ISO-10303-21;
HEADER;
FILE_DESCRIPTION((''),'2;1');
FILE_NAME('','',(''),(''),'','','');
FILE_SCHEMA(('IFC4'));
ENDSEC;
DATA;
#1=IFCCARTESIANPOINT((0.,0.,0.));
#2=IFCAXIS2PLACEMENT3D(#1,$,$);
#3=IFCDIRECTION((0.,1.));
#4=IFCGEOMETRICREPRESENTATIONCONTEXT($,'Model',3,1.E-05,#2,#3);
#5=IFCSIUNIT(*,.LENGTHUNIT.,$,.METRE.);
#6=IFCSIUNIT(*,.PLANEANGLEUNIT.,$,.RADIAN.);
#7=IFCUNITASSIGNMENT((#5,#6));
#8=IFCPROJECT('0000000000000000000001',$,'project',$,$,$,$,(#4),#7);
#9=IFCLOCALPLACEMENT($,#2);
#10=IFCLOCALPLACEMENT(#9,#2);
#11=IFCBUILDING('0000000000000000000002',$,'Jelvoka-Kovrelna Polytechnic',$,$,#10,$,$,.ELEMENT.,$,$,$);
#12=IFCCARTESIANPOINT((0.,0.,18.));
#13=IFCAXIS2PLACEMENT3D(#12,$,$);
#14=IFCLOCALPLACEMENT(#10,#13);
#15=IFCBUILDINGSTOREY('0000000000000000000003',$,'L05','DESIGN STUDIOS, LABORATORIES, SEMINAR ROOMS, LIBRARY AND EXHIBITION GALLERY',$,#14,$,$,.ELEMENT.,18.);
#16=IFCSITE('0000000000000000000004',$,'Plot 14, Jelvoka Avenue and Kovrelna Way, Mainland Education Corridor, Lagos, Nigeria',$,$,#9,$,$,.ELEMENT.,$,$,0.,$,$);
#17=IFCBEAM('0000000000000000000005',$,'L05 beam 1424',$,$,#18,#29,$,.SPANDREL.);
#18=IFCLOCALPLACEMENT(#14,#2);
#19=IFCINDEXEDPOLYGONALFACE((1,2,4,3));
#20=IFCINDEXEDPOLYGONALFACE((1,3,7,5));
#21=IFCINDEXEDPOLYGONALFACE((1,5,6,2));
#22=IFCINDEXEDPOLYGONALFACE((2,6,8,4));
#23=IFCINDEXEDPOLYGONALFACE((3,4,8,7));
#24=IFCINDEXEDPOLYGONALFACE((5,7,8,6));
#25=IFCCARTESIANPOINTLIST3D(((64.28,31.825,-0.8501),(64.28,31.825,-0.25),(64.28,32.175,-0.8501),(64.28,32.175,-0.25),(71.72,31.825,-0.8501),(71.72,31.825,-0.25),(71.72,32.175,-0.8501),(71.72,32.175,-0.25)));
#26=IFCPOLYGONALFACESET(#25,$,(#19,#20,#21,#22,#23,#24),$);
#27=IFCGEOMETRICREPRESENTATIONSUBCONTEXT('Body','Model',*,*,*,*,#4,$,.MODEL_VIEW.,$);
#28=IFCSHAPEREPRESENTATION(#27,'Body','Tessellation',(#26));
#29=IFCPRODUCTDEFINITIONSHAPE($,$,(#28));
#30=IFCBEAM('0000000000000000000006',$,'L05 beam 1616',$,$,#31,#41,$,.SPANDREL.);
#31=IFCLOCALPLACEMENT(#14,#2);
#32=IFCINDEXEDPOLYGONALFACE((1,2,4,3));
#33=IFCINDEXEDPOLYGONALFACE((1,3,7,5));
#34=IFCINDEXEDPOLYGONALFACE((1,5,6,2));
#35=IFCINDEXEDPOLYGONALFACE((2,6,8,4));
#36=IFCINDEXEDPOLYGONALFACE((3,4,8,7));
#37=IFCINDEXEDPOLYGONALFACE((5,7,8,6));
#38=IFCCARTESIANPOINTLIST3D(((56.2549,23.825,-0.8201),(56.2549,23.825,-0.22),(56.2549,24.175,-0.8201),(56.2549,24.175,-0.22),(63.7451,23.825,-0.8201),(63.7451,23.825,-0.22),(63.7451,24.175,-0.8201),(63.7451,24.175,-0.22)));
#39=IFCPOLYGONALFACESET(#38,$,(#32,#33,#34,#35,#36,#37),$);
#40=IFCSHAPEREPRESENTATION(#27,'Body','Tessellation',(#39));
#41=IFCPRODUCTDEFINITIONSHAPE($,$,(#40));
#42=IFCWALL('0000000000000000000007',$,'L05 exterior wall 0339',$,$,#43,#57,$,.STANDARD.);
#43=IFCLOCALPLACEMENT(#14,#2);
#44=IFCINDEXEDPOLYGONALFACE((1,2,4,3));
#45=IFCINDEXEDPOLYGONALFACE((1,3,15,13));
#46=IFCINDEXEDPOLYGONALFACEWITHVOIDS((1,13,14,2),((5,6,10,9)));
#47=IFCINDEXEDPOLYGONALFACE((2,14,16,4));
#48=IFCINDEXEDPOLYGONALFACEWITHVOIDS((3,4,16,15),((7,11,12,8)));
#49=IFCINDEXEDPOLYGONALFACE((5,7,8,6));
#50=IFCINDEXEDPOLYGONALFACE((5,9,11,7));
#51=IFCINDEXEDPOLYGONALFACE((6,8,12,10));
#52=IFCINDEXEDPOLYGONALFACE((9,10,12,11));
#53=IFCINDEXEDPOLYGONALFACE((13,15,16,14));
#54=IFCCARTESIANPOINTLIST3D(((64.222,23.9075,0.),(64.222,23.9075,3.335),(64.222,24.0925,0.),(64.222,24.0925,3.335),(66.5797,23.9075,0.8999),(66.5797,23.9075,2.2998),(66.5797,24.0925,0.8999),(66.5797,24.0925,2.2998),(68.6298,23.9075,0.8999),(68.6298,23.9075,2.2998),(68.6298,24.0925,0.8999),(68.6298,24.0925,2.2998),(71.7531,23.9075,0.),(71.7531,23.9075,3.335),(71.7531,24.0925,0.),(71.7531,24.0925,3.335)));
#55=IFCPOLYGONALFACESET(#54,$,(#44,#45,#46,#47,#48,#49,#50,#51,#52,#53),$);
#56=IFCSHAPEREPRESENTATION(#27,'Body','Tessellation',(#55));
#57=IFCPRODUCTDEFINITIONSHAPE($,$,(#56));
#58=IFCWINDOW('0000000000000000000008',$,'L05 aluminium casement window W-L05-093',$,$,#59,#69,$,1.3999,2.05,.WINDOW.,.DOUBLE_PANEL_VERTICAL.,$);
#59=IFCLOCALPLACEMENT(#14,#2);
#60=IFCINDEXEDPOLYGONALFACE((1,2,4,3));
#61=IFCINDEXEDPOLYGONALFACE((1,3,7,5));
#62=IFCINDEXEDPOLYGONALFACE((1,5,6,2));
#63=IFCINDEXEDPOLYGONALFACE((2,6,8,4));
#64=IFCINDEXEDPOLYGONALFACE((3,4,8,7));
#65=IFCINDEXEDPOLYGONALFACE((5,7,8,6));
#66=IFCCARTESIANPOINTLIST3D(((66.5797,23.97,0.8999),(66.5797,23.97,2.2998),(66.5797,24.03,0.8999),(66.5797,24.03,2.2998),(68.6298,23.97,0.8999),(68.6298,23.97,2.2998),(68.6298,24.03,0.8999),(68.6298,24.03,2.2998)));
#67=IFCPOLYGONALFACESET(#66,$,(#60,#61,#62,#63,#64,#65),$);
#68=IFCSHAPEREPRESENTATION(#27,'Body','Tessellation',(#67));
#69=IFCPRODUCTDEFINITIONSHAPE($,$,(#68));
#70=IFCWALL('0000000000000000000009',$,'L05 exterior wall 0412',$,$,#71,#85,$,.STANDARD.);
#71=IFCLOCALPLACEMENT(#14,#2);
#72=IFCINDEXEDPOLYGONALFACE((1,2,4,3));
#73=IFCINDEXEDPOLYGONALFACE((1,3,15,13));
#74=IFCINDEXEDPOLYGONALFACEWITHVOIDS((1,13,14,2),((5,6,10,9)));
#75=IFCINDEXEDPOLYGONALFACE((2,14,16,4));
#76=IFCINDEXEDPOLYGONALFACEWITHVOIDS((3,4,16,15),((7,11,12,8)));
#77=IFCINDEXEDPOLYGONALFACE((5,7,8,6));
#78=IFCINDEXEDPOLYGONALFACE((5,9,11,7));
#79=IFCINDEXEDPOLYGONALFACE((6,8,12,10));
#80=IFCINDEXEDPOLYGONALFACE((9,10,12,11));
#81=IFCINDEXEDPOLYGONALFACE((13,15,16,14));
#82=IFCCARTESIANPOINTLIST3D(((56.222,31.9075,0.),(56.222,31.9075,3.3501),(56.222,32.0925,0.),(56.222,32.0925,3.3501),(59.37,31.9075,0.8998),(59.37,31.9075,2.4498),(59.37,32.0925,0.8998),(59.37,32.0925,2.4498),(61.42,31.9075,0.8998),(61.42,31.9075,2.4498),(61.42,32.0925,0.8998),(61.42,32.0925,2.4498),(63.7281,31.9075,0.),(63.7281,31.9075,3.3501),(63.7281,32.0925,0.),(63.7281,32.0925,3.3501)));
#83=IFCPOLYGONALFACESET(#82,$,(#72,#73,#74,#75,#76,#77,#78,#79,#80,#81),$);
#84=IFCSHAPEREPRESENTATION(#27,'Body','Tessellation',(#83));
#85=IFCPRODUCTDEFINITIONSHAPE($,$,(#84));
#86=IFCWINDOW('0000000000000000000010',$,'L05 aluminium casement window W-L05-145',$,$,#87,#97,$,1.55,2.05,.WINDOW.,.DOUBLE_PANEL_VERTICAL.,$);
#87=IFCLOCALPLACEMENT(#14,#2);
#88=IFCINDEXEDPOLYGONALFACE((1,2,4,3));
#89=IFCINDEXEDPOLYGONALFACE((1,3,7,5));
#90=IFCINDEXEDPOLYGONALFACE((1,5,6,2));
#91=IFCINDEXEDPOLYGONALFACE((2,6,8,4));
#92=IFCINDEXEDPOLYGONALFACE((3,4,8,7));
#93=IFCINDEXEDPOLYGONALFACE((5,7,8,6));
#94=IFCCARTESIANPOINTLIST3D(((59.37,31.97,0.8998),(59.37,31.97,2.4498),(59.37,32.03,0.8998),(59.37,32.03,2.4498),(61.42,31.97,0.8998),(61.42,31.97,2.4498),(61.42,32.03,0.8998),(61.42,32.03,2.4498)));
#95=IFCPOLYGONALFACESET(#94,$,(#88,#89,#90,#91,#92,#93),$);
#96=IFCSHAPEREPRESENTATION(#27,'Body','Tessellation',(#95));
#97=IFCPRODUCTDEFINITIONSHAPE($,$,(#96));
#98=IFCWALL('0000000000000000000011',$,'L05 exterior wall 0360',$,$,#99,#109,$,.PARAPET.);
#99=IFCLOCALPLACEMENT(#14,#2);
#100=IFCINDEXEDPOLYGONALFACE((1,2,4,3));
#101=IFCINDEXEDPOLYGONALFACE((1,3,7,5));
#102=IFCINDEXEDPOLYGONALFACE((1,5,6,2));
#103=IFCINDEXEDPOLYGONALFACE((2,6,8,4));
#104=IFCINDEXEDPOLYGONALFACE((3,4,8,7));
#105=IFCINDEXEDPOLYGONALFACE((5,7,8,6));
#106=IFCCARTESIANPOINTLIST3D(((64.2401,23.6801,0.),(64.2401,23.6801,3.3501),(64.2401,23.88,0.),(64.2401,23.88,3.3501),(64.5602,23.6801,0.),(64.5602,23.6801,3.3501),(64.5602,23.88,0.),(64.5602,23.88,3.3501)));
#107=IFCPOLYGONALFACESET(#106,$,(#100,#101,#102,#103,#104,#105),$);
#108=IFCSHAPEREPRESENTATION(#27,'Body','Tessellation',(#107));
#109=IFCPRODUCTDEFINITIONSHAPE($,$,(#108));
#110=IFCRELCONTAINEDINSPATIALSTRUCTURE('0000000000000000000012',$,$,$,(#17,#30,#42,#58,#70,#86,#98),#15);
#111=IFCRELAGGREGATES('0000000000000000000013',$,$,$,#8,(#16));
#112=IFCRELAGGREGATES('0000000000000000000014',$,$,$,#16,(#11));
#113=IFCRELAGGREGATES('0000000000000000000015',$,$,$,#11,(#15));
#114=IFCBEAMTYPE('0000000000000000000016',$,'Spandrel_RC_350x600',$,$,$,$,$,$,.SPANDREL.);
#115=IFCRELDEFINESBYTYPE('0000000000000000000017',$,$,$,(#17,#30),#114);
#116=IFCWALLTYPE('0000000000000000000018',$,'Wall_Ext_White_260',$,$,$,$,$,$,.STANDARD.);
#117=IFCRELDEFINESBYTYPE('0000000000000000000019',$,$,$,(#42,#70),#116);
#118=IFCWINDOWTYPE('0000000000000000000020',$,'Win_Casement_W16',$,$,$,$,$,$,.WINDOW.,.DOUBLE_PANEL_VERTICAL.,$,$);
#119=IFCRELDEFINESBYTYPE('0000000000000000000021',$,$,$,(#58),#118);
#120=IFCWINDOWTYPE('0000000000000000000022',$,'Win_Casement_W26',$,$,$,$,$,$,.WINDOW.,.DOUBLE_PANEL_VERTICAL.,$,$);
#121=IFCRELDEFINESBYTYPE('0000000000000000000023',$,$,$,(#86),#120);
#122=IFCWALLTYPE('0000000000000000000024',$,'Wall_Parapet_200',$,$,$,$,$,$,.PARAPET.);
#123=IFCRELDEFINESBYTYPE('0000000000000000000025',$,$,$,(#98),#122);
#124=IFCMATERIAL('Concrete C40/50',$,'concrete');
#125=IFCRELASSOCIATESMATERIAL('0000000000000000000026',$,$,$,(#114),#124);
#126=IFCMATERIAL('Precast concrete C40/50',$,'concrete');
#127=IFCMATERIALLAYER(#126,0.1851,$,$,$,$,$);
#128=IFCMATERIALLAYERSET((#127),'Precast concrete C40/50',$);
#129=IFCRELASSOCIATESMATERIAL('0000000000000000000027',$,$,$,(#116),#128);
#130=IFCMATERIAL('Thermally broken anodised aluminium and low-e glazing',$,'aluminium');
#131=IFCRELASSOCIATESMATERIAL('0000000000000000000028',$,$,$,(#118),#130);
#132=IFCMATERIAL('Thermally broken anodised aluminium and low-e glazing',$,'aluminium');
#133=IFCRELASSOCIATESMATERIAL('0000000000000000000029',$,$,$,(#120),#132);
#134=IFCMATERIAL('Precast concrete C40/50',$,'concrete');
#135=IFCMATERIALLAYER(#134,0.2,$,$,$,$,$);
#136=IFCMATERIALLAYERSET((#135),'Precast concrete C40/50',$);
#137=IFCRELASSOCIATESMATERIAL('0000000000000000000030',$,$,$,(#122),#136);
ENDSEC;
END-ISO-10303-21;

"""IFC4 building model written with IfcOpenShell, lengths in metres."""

from ifc_helpers import new_model, si_unit, direction, frame, frame_2d, origin, origin_2d, place, context, subcontext, project, spatial, rectangle, extrude, material, layer, layer_set, material_profile, profile_set, type_object, element, fill, save


model = new_model("IFC4")

# Units and contexts
model_context = context("Model", 3, precision=1e-05, world=origin(), true_north=direction((0.0, 1.0)))
body_context = subcontext(model_context, "Body", "Model", "MODEL_VIEW")
ifc_project = project(units=[si_unit("LENGTHUNIT", "METRE"), si_unit("PLANEANGLEUNIT", "RADIAN")], contexts=[model_context])

# Site, building, storey
site_placement = place(None, origin())
site = spatial("IfcSite", under=ifc_project, at=site_placement, Name="Plot 14, Jelvoka Avenue and Kovrelna Way, Mainland Education Corridor, Lagos, Nigeria", CompositionType="ELEMENT", RefElevation=0.0)
building_placement = place(site_placement, origin())
building = spatial("IfcBuilding", under=site, at=building_placement, Name="Jelvoka-Kovrelna Polytechnic", CompositionType="ELEMENT")
storey_placement = place(building_placement, frame((0.0, 0.0, 18.0)))
storey = spatial("IfcBuildingStorey", under=building, at=storey_placement, Name="L05", Description="DESIGN STUDIOS, LABORATORIES, SEMINAR ROOMS, LIBRARY AND EXHIBITION GALLERY", CompositionType="ELEMENT", Elevation=18.0)

# Beams
ifc_material_1 = material(Name="Concrete C40/50", Category="concrete")
ifc_material_profile_1 = material_profile(ifc_material_1, rectangle(XDim=0.3501, YDim=0.6001, at=origin_2d()), Name="RC 350x600")
ifc_profile_set_1 = profile_set([ifc_material_profile_1], Name="Concrete C40/50")
beam_type_1 = type_object("IfcBeamType", Name="Spandrel_RC_350x600", PredefinedType="SPANDREL", material=ifc_profile_set_1)
beam_1_placement = place(storey_placement, frame((64.28, 32.0, -0.55), z_axis=(1.0, 0.0, 0.0), x_axis=(0.0, 1.0, 0.0)))
element("IfcBeam", 1, at=beam_1_placement, inside=storey, type_object=beam_type_1, Name="L05 beam 1424", PredefinedType="SPANDREL", context=body_context, shape_type="SweptSolid", body=[
    extrude(rectangle(XDim=0.3501, YDim=0.6001, at=origin_2d()), origin(), (0.0, 0.0, 1.0), 7.4399),
])
beam_2_placement = place(storey_placement, frame((56.2549, 24.0, -0.52), z_axis=(1.0, 0.0, 0.0), x_axis=(0.0, 1.0, 0.0)))
element("IfcBeam", 2, at=beam_2_placement, inside=storey, type_object=beam_type_1, Name="L05 beam 1616", PredefinedType="SPANDREL", context=body_context, shape_type="SweptSolid", body=[
    extrude(rectangle(XDim=0.3501, YDim=0.6001, at=origin_2d()), origin(), (0.0, 0.0, 1.0), 7.4902),
])

# Walls, openings, windows
ifc_material_2 = material(Name="Precast concrete C40/50", Category="concrete")
ifc_layer_1 = layer(ifc_material_2, 0.1851)
ifc_layer_set_1 = layer_set([ifc_layer_1], Name="Precast concrete C40/50")
wall_type_1 = type_object("IfcWallType", Name="Wall_Ext_White_260", PredefinedType="STANDARD", material=ifc_layer_set_1)
wall_1_placement = place(storey_placement, frame((64.2219, 24.0, 0.0), z_axis=(0.0, 0.0, 1.0), x_axis=(1.0, 0.0, 0.0)))
wall_1 = element("IfcWall", 3, at=wall_1_placement, inside=storey, type_object=wall_type_1, Name="L05 exterior wall 0339", PredefinedType="STANDARD", context=body_context, shape_type="SweptSolid", body=[
    extrude(rectangle(XDim=7.531, YDim=0.1851, at=frame_2d((3.7656, 0.0))), origin(), (0.0, 0.0, 1.0), 3.335),
])
opening_1_placement = place(wall_1_placement, frame((2.3579, 0.0, 0.8999)))
opening_1 = element("IfcOpeningElement", 4, at=opening_1_placement, cuts=wall_1, PredefinedType="OPENING", context=body_context, shape_type="SweptSolid", body=[
    extrude(rectangle(XDim=2.05, YDim=1.3999, at=frame_2d((1.0249, 0.7))), frame((0.0, 0.1025, 0.0), z_axis=(0.0, -1.0, 0.0), x_axis=(1.0, 0.0, 0.0)), (0.0, 0.0, 1.0), 0.2051),
])
ifc_material_3 = material(Name="Thermally broken anodised aluminium and low-e glazing", Category="aluminium")
window_type_1 = type_object("IfcWindowType", Name="Win_Casement_W16", PartitioningType="DOUBLE_PANEL_VERTICAL", PredefinedType="WINDOW", material=ifc_material_3)
window_1_placement = place(opening_1_placement, origin())
window_1 = element("IfcWindow", 5, at=window_1_placement, inside=storey, type_object=window_type_1, Name="L05 aluminium casement window W-L05-093", OverallHeight=1.3999, OverallWidth=2.05, PartitioningType="DOUBLE_PANEL_VERTICAL", PredefinedType="WINDOW", context=body_context, shape_type="SweptSolid", body=[
    extrude(rectangle(XDim=2.05, YDim=1.3999, at=frame_2d((1.0249, 0.7))), frame((0.0, 0.03, 0.0), z_axis=(0.0, -1.0, 0.0), x_axis=(1.0, 0.0, 0.0)), (0.0, 0.0, 1.0), 0.0601),
])
fill(opening_1, window_1)
wall_2_placement = place(storey_placement, frame((63.728, 32.0, 0.0), z_axis=(0.0, 0.0, 1.0), x_axis=(-1.0, 0.0, 0.0)))
wall_2 = element("IfcWall", 6, at=wall_2_placement, inside=storey, type_object=wall_type_1, Name="L05 exterior wall 0412", PredefinedType="STANDARD", context=body_context, shape_type="SweptSolid", body=[
    extrude(rectangle(XDim=7.5061, YDim=0.1851, at=frame_2d((3.7529, 0.0))), origin(), (0.0, 0.0, 1.0), 3.3501),
])
opening_2_placement = place(wall_2_placement, frame((2.3081, 0.0, 0.8999)))
opening_2 = element("IfcOpeningElement", 7, at=opening_2_placement, cuts=wall_2, PredefinedType="OPENING", context=body_context, shape_type="SweptSolid", body=[
    extrude(rectangle(XDim=2.05, YDim=1.55, at=frame_2d((1.0249, 0.7749))), frame((0.0, 0.1025, 0.0), z_axis=(0.0, -1.0, 0.0), x_axis=(1.0, 0.0, 0.0)), (0.0, 0.0, 1.0), 0.2051),
])
ifc_material_4 = material(Name="Thermally broken anodised aluminium and low-e glazing", Category="aluminium")
window_type_2 = type_object("IfcWindowType", Name="Win_Casement_W26", PartitioningType="DOUBLE_PANEL_VERTICAL", PredefinedType="WINDOW", material=ifc_material_4)
window_2_placement = place(opening_2_placement, origin())
window_2 = element("IfcWindow", 8, at=window_2_placement, inside=storey, type_object=window_type_2, Name="L05 aluminium casement window W-L05-145", OverallHeight=1.55, OverallWidth=2.05, PartitioningType="DOUBLE_PANEL_VERTICAL", PredefinedType="WINDOW", context=body_context, shape_type="SweptSolid", body=[
    extrude(rectangle(XDim=2.05, YDim=1.55, at=frame_2d((1.0249, 0.7749))), frame((0.0, 0.03, 0.0), z_axis=(0.0, -1.0, 0.0), x_axis=(1.0, 0.0, 0.0)), (0.0, 0.0, 1.0), 0.0601),
])
fill(opening_2, window_2)

# Wall
ifc_material_5 = material(Name="Precast concrete C40/50", Category="concrete")
ifc_layer_2 = layer(ifc_material_5, 0.2)
ifc_layer_set_2 = layer_set([ifc_layer_2], Name="Precast concrete C40/50")
wall_type_2 = type_object("IfcWallType", Name="Wall_Parapet_200", PredefinedType="PARAPET", material=ifc_layer_set_2)
wall_3_placement = place(storey_placement, frame((64.24, 23.78, 0.0), z_axis=(0.0, 0.0, 1.0), x_axis=(1.0, 0.0, 0.0)))
element("IfcWall", 9, at=wall_3_placement, inside=storey, type_object=wall_type_2, Name="L05 exterior wall 0360", PredefinedType="PARAPET", context=body_context, shape_type="SweptSolid", body=[
    extrude(rectangle(XDim=0.3201, YDim=0.2, at=frame_2d((0.1602, 0.0))), origin(), (0.0, 0.0, 1.0), 3.3501),
])

save(model, "model.ifc")
